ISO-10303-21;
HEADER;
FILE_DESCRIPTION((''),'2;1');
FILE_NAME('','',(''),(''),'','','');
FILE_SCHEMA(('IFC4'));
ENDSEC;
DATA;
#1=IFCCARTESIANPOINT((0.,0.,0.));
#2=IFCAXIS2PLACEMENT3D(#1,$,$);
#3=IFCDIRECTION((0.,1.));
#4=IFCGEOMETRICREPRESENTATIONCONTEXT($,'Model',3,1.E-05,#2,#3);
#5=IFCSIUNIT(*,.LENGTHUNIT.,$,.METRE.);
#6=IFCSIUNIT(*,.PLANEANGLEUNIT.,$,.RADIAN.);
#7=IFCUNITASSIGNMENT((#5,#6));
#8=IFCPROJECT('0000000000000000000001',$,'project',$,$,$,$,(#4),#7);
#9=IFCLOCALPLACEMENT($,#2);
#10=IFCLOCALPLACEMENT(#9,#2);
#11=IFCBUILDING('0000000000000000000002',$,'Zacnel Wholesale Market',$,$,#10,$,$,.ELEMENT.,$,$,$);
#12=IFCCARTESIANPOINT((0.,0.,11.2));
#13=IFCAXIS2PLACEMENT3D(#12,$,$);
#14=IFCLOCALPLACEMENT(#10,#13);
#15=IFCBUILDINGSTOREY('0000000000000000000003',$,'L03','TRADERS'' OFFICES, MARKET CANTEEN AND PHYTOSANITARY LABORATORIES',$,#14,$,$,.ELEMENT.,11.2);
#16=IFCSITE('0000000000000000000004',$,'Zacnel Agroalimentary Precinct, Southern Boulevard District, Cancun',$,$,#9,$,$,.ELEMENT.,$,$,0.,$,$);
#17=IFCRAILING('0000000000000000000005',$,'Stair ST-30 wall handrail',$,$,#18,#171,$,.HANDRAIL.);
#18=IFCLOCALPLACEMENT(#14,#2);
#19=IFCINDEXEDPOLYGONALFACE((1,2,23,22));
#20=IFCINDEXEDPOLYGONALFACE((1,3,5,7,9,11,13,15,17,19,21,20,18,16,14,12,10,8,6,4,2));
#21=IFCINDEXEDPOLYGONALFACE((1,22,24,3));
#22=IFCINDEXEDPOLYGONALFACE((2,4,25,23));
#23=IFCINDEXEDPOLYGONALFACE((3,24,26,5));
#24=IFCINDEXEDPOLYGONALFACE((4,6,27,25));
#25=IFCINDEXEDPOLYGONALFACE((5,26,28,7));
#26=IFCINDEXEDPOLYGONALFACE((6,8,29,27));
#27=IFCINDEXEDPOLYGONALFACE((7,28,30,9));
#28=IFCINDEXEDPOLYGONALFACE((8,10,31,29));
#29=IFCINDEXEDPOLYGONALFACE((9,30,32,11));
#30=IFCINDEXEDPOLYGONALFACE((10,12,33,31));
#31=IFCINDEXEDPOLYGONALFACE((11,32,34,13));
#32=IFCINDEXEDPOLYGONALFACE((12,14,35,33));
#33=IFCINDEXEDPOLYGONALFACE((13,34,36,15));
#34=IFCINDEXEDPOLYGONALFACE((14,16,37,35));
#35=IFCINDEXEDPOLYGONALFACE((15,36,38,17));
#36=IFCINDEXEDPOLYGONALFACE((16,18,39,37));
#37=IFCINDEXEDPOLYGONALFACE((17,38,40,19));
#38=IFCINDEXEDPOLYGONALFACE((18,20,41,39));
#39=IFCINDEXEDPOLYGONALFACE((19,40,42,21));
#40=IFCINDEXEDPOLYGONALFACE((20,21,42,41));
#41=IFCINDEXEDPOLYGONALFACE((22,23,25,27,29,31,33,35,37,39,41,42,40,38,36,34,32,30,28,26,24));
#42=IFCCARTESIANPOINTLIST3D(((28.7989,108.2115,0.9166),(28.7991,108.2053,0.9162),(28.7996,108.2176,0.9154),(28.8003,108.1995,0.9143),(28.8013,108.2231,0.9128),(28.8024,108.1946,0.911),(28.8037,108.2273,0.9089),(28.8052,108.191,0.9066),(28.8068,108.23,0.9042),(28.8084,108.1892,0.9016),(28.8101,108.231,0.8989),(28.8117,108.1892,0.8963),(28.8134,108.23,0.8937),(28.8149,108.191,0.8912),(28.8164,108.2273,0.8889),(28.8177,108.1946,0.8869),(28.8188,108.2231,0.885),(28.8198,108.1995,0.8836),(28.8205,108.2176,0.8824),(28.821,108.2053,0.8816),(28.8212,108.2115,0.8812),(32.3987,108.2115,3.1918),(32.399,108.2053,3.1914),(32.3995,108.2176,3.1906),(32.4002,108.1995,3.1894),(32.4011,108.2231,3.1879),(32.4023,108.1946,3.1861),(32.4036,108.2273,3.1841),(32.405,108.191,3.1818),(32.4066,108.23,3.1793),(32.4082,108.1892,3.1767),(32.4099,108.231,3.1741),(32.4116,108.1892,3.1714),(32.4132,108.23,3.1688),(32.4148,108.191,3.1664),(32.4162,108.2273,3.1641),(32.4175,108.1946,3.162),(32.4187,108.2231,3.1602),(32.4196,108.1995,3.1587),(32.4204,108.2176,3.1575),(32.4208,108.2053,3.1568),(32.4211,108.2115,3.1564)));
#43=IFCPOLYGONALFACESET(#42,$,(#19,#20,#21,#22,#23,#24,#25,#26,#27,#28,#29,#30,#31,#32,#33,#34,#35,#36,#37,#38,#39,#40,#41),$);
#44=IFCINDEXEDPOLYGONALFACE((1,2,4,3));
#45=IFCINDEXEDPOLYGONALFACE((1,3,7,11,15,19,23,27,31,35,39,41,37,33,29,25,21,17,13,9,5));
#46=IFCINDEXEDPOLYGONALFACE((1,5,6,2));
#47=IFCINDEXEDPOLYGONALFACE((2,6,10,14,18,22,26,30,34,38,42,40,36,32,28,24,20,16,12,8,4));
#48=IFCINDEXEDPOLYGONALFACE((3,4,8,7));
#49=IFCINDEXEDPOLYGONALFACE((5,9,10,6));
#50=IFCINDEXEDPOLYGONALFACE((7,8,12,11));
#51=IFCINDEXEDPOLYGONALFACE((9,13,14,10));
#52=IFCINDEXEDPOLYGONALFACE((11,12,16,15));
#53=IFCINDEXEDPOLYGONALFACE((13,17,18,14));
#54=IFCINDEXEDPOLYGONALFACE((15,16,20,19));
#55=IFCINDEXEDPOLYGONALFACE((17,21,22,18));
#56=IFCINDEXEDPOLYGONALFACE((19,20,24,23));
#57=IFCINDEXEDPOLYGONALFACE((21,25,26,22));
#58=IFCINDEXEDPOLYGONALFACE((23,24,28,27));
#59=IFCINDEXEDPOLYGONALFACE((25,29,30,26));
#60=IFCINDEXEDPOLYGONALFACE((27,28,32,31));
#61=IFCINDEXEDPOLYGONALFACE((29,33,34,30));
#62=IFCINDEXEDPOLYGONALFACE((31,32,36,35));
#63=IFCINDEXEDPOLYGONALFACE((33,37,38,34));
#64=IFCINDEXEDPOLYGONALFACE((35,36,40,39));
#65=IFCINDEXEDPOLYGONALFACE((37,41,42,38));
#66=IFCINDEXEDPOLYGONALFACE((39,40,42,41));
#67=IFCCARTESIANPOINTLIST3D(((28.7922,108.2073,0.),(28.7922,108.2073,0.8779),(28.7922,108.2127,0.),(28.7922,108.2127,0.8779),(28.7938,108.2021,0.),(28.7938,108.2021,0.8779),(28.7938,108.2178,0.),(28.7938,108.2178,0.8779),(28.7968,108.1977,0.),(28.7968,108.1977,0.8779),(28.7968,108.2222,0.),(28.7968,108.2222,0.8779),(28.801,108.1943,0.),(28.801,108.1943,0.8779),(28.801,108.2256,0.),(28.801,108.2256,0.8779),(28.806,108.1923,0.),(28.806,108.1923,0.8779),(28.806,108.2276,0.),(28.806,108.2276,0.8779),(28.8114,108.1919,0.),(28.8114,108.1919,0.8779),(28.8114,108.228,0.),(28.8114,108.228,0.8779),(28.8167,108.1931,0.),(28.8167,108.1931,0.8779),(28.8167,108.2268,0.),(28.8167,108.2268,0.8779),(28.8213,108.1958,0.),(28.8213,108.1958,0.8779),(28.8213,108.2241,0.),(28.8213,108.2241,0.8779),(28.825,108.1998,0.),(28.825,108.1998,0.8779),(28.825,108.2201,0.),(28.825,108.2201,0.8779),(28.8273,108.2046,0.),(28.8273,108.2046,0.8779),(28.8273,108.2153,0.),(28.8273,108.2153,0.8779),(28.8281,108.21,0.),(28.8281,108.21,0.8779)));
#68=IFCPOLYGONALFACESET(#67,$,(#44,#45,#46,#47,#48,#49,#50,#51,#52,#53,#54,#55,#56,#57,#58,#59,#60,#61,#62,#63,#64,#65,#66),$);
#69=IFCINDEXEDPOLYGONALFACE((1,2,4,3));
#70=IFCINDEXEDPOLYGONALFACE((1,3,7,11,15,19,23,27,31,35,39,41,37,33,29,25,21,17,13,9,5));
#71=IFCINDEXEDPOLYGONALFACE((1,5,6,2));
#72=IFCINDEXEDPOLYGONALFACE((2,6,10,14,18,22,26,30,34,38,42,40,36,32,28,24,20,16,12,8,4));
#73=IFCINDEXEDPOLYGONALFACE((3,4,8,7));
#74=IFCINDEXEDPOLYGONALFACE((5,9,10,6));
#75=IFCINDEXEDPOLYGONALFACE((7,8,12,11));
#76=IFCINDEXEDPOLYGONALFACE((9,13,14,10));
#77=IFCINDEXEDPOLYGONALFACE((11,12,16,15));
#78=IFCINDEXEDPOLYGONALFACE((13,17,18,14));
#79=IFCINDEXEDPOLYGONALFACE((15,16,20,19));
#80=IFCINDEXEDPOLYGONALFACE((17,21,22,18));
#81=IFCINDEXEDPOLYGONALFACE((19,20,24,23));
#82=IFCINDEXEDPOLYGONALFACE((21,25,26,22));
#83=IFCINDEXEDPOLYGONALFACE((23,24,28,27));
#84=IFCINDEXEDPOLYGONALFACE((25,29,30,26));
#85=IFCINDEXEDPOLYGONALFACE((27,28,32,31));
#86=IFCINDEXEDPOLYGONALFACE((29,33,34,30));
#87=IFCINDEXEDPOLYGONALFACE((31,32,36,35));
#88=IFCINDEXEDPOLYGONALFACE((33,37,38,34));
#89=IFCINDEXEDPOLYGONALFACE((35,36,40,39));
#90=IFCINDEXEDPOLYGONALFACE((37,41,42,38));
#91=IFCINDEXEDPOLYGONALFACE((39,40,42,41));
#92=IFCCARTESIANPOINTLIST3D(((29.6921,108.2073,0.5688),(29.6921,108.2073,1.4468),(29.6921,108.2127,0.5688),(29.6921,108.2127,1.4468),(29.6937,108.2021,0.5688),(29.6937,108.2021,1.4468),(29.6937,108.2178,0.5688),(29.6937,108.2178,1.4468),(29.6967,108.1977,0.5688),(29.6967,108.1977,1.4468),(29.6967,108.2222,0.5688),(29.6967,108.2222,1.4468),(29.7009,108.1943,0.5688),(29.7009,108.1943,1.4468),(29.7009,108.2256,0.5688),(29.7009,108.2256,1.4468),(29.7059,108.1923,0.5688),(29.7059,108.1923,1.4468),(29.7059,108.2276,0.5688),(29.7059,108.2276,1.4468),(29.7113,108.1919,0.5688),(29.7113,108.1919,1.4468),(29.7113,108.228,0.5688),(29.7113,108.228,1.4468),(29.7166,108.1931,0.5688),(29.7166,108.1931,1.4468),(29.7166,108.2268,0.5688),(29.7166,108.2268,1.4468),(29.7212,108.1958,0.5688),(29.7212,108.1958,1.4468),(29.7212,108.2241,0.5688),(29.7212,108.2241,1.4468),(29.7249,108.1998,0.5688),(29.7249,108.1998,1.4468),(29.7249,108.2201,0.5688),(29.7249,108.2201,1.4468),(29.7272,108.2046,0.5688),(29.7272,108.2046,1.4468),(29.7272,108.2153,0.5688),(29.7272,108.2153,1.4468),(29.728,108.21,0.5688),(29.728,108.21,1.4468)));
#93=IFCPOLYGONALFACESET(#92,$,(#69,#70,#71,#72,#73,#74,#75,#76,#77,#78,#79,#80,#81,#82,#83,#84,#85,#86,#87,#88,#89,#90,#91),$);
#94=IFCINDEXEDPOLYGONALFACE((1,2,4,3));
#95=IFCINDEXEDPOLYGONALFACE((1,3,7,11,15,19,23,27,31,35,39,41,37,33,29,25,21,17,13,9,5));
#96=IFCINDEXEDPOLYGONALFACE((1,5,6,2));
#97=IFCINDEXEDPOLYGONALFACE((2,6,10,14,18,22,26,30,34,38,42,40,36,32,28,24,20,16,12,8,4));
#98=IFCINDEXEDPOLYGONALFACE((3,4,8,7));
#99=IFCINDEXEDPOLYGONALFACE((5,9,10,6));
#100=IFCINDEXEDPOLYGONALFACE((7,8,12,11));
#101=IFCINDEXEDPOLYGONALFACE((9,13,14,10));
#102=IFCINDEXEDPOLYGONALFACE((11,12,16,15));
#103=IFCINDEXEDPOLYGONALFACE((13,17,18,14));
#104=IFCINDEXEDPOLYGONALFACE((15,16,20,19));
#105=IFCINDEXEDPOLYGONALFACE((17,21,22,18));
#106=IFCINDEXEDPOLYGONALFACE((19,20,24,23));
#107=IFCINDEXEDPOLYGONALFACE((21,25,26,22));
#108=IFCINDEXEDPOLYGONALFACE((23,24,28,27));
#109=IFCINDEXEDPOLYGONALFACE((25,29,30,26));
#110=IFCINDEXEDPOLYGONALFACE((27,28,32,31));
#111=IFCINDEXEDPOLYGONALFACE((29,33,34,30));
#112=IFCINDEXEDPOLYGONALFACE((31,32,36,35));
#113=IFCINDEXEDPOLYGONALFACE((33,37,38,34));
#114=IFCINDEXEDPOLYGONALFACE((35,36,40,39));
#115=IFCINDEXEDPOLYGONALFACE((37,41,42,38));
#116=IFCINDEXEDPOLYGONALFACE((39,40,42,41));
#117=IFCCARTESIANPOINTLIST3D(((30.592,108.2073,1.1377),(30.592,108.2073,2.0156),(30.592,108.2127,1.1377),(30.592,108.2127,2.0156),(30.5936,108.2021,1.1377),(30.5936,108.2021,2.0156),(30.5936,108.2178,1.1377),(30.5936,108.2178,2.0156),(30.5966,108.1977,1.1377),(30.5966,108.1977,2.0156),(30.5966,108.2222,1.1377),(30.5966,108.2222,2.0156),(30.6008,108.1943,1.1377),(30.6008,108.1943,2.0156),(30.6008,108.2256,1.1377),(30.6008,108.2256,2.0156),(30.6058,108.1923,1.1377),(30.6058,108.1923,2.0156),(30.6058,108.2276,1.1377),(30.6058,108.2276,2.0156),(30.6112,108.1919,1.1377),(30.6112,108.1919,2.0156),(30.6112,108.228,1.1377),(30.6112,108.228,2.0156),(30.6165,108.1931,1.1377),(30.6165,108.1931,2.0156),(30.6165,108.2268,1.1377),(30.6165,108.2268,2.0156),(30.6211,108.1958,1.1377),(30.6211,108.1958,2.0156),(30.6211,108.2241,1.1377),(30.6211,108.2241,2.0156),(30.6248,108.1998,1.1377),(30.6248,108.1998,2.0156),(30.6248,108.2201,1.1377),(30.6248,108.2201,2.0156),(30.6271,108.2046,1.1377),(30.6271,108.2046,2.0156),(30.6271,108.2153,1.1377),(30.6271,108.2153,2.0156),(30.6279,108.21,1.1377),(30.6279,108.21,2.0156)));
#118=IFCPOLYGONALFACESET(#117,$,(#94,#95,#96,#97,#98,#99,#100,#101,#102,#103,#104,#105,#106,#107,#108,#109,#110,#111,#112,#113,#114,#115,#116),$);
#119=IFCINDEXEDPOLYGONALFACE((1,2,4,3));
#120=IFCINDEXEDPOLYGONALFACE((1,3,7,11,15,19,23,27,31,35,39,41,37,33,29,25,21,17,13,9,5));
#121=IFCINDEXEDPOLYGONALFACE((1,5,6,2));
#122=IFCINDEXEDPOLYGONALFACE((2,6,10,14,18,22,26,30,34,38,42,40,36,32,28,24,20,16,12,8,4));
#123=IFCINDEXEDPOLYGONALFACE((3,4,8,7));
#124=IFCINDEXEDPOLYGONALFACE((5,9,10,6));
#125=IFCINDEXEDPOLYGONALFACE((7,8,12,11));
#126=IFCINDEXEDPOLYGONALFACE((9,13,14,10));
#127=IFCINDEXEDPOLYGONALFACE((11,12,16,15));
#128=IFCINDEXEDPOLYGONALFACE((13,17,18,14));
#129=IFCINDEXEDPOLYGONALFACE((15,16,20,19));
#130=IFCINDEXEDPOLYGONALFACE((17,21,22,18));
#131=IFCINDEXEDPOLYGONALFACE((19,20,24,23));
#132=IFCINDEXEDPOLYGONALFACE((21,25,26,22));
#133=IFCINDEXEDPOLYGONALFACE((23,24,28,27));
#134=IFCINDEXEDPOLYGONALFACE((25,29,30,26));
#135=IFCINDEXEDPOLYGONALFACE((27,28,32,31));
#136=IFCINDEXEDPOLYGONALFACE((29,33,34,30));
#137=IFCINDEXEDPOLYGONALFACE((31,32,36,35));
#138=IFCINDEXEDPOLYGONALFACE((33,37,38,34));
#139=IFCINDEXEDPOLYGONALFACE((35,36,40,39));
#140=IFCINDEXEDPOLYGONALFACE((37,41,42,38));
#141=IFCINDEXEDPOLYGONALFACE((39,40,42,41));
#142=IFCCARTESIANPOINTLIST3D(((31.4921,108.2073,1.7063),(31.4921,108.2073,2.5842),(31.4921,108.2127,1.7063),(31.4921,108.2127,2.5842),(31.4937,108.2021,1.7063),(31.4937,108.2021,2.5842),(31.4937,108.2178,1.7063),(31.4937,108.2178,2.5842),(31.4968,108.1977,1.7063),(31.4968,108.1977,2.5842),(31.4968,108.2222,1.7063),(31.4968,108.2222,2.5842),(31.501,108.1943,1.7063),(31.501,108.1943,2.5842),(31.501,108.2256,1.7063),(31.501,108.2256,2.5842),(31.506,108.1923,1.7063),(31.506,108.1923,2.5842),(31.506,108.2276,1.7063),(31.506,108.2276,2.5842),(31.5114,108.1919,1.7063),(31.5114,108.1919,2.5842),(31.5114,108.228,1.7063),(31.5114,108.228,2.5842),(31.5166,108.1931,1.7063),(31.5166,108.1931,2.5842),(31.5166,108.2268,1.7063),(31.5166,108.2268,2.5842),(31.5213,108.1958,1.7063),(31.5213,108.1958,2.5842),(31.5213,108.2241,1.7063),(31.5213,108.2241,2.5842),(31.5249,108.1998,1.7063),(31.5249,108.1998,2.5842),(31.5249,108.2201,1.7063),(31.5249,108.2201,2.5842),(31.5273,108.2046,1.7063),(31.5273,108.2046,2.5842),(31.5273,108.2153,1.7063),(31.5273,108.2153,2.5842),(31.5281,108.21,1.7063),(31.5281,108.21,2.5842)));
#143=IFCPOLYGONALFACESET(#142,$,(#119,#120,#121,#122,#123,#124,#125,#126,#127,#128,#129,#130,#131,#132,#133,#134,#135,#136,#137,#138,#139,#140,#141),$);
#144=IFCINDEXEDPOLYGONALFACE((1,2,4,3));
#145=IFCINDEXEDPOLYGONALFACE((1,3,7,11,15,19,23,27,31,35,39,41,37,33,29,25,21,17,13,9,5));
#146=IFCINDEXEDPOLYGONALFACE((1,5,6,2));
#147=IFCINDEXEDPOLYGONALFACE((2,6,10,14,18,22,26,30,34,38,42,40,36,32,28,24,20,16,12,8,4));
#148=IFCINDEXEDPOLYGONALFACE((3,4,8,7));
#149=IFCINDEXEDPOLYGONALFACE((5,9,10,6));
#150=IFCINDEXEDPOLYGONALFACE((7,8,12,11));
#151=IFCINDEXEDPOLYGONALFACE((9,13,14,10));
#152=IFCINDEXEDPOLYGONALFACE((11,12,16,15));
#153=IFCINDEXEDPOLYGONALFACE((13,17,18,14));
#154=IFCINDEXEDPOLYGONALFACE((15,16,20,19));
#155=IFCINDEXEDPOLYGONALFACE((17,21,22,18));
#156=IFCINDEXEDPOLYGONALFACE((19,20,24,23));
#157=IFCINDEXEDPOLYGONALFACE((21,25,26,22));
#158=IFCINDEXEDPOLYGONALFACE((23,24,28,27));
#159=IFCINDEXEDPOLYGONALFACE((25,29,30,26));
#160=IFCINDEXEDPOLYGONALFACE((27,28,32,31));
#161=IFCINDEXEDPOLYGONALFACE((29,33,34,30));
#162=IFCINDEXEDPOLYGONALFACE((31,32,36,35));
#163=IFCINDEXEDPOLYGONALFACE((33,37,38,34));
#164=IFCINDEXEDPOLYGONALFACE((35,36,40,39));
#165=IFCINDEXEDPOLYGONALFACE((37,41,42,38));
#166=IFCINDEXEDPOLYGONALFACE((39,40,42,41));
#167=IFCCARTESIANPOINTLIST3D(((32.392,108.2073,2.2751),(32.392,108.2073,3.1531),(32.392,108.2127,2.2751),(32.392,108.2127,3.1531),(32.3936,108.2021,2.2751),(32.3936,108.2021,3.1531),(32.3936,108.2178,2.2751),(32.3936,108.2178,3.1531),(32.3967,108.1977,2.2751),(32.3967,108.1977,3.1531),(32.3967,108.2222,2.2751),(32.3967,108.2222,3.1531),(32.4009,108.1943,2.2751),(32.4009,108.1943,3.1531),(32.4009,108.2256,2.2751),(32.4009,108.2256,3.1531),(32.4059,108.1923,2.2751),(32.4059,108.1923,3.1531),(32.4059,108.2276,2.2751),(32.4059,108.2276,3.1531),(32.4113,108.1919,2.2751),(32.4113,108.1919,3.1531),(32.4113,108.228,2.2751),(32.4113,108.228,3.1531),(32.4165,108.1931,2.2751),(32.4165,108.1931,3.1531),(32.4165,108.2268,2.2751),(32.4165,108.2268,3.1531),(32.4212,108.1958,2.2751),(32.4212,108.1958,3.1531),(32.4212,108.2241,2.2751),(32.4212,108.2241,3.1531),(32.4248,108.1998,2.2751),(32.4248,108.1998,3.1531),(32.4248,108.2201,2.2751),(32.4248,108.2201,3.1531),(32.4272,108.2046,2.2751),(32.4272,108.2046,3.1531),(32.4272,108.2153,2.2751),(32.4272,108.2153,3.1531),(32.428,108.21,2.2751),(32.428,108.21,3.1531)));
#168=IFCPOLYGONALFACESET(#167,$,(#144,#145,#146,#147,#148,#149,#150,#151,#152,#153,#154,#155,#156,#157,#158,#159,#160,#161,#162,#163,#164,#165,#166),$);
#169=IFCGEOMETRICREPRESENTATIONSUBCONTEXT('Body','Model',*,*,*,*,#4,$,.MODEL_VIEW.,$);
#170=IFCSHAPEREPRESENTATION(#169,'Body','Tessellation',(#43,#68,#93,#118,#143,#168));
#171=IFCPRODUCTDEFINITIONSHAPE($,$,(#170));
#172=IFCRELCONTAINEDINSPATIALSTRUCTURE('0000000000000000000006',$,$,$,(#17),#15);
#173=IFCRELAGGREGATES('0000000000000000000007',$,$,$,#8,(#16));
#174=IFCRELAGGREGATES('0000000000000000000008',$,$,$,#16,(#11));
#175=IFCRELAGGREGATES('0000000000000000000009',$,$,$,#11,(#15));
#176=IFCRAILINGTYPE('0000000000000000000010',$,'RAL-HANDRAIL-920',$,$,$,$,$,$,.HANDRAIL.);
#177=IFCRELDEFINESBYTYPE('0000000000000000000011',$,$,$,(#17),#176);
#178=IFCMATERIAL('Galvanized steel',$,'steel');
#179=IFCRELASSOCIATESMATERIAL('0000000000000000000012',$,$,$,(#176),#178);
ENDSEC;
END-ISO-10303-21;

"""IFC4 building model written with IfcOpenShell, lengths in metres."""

from ifc_helpers import new_model, si_unit, direction, frame, origin, origin_2d, place, context, subcontext, project, spatial, circle, extrude, material, type_object, element, save


model = new_model("IFC4")

# Units and contexts
model_context = context("Model", 3, precision=1e-05, world=origin(), true_north=direction((0.0, 1.0)))
body_context = subcontext(model_context, "Body", "Model", "MODEL_VIEW")
ifc_project = project(units=[si_unit("LENGTHUNIT", "METRE"), si_unit("PLANEANGLEUNIT", "RADIAN")], contexts=[model_context])

# Site, building, storey
site_placement = place(None, origin())
site = spatial("IfcSite", under=ifc_project, at=site_placement, Name="Zacnel Agroalimentary Precinct, Southern Boulevard District, Cancun", CompositionType="ELEMENT", RefElevation=0.0)
building_placement = place(site_placement, origin())
building = spatial("IfcBuilding", under=site, at=building_placement, Name="Zacnel Wholesale Market", CompositionType="ELEMENT")
storey_placement = place(building_placement, frame((0.0, 0.0, 11.2)))
storey = spatial("IfcBuildingStorey", under=building, at=storey_placement, Name="L03", Description="TRADERS' OFFICES, MARKET CANTEEN AND PHYTOSANITARY LABORATORIES", CompositionType="ELEMENT", Elevation=11.2)

# Railing
ifc_material_1 = material(Name="Galvanized steel", Category="steel")
railing_type_1 = type_object("IfcRailingType", Name="RAL-HANDRAIL-920", PredefinedType="HANDRAIL", material=ifc_material_1)
railing_1_placement = place(storey_placement, frame((28.8101, 108.21, 0.0)))
element("IfcRailing", 1, at=railing_1_placement, inside=storey, type_object=railing_type_1, Name="Stair ST-30 wall handrail", PredefinedType="HANDRAIL", context=body_context, shape_type="SweptSolid", body=[
    extrude(circle(Radius=0.021, at=origin_2d()), frame((0.0, 0.0, 0.8989), z_axis=(0.845324, 0.0, 0.534254), x_axis=(0.0, 1.0, 0.0)), (0.0, 0.0, 1.0), 4.2585),
    extrude(circle(Radius=0.0181, at=origin_2d()), origin(), (0.0, 0.0, 1.0), 0.8779),
    extrude(circle(Radius=0.0181, at=origin_2d()), frame((0.8999, 0.0, 0.5688)), (0.0, 0.0, 1.0), 0.8779),
    extrude(circle(Radius=0.0181, at=origin_2d()), frame((1.7998, 0.0, 1.1377)), (0.0, 0.0, 1.0), 0.8779),
    extrude(circle(Radius=0.0181, at=origin_2d()), frame((2.7, 0.0, 1.7063)), (0.0, 0.0, 1.0), 0.8779),
    extrude(circle(Radius=0.0181, at=origin_2d()), frame((3.5999, 0.0, 2.2751)), (0.0, 0.0, 1.0), 0.8779),
])

save(model, "model.ifc")
